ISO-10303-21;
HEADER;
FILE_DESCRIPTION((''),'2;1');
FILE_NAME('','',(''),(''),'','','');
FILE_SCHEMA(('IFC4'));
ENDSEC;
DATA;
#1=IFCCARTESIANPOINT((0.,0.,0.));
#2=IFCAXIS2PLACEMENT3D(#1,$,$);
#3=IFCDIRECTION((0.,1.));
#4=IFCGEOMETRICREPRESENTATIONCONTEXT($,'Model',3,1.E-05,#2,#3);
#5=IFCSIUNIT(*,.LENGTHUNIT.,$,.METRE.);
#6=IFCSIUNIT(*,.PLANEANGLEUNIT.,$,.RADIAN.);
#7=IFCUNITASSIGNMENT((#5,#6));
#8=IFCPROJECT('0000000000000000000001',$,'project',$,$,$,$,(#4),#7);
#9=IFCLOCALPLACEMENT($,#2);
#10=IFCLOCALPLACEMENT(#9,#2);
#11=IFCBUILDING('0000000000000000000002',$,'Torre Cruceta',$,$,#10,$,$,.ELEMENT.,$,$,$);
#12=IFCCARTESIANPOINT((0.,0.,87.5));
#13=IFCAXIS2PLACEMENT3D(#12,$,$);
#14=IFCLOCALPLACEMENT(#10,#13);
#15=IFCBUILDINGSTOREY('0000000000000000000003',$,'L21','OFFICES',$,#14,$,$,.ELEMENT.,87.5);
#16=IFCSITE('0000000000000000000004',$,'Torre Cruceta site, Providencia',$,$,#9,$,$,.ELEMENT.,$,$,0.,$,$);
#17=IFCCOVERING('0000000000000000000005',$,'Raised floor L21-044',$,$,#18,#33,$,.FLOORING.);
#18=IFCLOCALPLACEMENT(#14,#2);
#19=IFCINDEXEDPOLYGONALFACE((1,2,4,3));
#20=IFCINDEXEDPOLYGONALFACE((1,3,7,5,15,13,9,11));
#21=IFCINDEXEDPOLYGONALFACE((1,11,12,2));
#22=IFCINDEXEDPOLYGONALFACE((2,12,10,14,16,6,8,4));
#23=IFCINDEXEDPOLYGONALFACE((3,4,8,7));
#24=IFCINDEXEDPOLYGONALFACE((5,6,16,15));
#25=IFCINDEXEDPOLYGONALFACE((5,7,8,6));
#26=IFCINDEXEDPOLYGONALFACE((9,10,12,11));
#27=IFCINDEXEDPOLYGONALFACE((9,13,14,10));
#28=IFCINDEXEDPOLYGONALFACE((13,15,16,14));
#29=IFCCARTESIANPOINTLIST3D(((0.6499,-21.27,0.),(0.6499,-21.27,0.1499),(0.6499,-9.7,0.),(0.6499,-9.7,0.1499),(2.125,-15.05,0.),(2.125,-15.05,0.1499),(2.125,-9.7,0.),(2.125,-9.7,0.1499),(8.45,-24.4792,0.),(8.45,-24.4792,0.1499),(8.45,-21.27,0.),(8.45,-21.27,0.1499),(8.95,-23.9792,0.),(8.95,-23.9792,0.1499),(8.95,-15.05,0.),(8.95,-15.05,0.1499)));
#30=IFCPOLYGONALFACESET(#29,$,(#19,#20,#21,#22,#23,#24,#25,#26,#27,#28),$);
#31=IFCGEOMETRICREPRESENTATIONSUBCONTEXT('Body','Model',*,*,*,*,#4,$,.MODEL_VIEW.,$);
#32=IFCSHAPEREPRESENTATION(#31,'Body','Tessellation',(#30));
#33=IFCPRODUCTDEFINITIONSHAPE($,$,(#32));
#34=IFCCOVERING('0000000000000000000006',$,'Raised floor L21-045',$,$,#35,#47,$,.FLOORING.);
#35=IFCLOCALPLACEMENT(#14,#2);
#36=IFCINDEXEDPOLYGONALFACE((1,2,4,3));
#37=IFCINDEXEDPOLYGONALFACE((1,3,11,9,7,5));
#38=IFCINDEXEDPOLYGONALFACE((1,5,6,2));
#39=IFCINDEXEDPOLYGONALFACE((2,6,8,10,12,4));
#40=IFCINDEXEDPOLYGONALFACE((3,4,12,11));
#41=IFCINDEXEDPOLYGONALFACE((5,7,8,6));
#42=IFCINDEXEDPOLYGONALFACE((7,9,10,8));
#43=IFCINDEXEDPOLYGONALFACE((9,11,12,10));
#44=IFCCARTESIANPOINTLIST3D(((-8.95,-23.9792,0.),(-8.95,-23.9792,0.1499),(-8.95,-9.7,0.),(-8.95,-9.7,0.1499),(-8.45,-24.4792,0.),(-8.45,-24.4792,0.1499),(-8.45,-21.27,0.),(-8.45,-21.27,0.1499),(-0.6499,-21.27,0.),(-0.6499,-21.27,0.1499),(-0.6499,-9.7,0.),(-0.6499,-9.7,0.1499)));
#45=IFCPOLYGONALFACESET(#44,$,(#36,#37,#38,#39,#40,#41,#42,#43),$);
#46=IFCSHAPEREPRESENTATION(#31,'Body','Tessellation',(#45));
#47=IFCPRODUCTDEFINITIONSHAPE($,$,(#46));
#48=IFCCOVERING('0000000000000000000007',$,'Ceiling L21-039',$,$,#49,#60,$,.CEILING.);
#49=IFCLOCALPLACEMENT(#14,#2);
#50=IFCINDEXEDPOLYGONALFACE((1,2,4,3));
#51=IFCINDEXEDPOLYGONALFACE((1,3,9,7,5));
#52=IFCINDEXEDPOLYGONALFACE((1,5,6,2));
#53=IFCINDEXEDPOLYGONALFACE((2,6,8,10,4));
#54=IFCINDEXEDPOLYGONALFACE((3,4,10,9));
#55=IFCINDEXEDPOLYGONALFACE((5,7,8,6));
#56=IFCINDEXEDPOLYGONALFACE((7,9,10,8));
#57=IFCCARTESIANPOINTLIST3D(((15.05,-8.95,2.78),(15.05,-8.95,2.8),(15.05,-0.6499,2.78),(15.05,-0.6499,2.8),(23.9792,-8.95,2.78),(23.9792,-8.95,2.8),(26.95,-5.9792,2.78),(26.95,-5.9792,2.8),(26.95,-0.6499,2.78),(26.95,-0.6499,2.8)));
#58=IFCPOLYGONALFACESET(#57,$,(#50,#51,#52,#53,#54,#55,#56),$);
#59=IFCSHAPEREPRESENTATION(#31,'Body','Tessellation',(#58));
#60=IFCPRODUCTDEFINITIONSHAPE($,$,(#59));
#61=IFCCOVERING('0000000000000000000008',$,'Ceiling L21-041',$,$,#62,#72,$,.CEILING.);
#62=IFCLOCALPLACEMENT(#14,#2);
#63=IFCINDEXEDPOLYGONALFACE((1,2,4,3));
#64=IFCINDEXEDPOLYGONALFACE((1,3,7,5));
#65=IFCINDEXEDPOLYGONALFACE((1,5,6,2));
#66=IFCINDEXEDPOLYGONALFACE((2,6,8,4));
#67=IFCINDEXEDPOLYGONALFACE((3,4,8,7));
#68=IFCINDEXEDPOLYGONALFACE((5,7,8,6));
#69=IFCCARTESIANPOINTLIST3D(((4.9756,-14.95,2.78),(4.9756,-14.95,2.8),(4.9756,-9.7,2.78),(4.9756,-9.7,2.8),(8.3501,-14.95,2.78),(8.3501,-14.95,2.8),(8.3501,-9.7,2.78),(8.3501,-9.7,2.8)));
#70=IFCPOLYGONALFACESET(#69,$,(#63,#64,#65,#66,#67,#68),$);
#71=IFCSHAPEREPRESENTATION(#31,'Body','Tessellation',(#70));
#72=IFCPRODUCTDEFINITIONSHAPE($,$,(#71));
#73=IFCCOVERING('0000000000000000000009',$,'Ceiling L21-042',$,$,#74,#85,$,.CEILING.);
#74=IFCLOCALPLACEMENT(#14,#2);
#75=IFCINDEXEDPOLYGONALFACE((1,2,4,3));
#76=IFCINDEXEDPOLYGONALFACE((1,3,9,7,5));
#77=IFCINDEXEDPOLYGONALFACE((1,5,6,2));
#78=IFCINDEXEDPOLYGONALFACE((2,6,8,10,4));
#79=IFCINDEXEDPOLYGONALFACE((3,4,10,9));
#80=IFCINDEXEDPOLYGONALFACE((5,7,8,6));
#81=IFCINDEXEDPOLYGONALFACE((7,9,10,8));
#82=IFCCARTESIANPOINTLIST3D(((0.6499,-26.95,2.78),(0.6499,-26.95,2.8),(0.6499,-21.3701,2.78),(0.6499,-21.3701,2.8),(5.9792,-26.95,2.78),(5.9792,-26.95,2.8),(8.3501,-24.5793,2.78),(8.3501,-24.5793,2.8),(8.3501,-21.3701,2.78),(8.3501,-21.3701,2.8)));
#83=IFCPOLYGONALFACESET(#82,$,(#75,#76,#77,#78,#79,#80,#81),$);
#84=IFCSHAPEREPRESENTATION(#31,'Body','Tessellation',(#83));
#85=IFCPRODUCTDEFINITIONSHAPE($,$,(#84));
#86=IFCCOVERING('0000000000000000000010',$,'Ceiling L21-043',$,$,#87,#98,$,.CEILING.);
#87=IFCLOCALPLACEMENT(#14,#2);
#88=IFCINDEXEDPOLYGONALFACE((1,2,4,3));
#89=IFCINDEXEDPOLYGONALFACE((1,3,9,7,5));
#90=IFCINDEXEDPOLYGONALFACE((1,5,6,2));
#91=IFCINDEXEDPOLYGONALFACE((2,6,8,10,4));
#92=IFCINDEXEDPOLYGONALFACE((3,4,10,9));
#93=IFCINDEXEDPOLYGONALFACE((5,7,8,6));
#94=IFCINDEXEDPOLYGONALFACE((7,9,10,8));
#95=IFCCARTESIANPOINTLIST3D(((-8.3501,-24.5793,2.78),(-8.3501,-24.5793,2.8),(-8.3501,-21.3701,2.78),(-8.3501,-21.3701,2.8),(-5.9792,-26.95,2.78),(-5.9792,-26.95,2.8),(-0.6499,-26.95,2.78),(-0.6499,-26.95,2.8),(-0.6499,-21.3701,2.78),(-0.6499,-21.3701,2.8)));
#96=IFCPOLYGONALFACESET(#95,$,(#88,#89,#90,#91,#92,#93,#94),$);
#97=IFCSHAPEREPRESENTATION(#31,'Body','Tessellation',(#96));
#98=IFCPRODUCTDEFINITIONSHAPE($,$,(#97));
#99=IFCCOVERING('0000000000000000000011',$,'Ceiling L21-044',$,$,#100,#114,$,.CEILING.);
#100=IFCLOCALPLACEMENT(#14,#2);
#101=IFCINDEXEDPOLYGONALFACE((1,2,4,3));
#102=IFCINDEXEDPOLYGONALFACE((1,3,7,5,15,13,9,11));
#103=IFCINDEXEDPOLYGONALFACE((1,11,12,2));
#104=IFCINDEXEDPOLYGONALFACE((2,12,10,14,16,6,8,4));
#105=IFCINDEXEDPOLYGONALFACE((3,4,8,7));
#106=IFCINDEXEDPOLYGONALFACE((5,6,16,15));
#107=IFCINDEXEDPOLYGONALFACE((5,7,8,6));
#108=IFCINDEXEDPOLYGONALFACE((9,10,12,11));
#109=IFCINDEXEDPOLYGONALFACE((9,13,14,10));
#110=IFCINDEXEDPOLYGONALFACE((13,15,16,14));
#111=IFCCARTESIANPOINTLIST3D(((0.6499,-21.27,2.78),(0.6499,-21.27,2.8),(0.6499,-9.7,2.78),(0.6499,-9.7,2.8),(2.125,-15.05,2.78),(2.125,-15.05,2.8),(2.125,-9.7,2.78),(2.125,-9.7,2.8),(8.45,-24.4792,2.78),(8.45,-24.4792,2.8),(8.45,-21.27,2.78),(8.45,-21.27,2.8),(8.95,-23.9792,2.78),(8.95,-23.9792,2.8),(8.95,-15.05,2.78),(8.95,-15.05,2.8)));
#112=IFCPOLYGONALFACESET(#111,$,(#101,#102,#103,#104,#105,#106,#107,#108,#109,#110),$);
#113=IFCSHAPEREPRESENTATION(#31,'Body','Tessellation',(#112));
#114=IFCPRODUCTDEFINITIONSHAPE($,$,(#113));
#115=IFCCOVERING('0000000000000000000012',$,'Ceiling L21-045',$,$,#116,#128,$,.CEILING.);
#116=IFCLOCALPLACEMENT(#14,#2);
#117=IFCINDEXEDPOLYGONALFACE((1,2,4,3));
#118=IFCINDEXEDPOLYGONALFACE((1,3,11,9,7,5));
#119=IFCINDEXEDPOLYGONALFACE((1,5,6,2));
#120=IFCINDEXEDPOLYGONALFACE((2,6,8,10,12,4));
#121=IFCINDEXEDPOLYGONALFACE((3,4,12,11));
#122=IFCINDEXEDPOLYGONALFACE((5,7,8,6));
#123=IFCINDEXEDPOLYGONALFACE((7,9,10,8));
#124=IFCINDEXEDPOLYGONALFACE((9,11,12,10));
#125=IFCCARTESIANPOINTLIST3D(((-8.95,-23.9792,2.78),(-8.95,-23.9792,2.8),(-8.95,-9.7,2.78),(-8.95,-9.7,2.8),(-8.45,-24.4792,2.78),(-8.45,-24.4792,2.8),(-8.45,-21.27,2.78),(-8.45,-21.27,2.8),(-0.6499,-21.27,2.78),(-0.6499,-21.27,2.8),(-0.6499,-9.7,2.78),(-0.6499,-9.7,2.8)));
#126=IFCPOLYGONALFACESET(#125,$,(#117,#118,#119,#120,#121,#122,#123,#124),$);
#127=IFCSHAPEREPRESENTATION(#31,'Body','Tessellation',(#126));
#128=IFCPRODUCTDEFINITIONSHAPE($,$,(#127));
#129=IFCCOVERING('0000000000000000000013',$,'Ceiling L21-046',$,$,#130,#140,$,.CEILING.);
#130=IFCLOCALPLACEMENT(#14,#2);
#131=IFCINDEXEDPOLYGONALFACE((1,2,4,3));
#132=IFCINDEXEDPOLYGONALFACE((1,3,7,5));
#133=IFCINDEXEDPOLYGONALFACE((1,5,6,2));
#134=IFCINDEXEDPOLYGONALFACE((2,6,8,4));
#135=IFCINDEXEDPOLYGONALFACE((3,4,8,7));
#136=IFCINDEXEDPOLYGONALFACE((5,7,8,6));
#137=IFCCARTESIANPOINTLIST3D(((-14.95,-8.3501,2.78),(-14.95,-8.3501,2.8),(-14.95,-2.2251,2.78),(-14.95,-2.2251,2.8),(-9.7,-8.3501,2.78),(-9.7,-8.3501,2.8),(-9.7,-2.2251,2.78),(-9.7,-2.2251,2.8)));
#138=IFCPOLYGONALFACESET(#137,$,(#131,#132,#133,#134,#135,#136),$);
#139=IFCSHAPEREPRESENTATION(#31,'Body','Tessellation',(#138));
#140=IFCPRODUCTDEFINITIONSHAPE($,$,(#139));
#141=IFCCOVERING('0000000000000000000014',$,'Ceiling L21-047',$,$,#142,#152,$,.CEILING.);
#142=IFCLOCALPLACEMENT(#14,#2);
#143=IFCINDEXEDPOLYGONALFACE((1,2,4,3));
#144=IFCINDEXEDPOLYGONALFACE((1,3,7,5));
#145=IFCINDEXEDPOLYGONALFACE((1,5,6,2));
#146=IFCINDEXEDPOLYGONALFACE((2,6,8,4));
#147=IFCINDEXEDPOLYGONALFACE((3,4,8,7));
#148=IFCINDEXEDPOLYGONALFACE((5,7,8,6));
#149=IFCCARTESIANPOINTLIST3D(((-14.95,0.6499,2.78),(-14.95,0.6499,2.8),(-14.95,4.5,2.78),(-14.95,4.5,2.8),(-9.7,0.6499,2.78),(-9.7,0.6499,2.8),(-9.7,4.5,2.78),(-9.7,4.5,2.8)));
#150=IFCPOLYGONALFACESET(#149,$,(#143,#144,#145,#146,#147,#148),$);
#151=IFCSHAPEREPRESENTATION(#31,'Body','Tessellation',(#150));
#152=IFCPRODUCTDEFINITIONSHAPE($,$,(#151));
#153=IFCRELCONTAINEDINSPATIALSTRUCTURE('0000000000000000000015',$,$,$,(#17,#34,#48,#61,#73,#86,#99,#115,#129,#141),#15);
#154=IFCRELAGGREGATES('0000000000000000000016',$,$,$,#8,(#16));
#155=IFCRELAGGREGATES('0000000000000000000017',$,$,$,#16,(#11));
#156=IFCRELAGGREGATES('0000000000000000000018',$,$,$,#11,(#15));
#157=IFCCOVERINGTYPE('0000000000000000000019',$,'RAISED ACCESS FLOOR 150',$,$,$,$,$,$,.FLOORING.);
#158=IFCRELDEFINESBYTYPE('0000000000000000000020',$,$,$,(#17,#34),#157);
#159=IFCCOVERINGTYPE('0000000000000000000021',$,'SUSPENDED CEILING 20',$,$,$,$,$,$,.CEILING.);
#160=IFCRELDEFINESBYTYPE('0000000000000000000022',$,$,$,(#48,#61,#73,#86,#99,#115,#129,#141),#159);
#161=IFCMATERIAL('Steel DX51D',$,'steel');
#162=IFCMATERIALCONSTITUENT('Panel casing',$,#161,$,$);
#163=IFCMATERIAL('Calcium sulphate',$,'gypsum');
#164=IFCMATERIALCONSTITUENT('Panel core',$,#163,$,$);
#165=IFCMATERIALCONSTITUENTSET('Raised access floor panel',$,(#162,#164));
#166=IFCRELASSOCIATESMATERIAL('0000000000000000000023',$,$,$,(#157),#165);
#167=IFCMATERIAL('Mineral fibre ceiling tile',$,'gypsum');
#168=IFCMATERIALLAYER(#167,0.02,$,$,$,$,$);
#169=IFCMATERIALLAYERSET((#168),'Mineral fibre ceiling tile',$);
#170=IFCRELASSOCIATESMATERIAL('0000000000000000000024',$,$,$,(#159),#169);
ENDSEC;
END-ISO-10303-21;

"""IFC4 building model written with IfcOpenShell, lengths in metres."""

from ifc_helpers import new_model, si_unit, direction, frame, origin, place, context, subcontext, project, spatial, polyline, outline, extrude, material, layer, layer_set, constituent, constituent_set, type_object, element, save


model = new_model("IFC4")

# Units and contexts
model_context = context("Model", 3, precision=1e-05, world=origin(), true_north=direction((0.0, 1.0)))
body_context = subcontext(model_context, "Body", "Model", "MODEL_VIEW")
ifc_project = project(units=[si_unit("LENGTHUNIT", "METRE"), si_unit("PLANEANGLEUNIT", "RADIAN")], contexts=[model_context])

# Site, building, storey
site_placement = place(None, origin())
site = spatial("IfcSite", under=ifc_project, at=site_placement, Name="Torre Cruceta site, Providencia", CompositionType="ELEMENT", RefElevation=0.0)
building_placement = place(site_placement, origin())
building = spatial("IfcBuilding", under=site, at=building_placement, Name="Torre Cruceta", CompositionType="ELEMENT")
storey_placement = place(building_placement, frame((0.0, 0.0, 87.5)))
storey = spatial("IfcBuildingStorey", under=building, at=storey_placement, Name="L21", Description="OFFICES", CompositionType="ELEMENT", Elevation=87.5)

# Coverings
ifc_material_1 = material(Name="Steel DX51D", Category="steel")
ifc_constituent_1 = constituent(ifc_material_1, Name="Panel casing")
ifc_material_2 = material(Name="Calcium sulphate", Category="gypsum")
ifc_constituent_2 = constituent(ifc_material_2, Name="Panel core")
ifc_constituent_set_1 = constituent_set(constituents=[ifc_constituent_1, ifc_constituent_2], Name="Raised access floor panel")
covering_type_1 = type_object("IfcCoveringType", Name="RAISED ACCESS FLOOR 150", PredefinedType="FLOORING", material=ifc_constituent_set_1)
covering_1_placement = place(storey_placement, origin())
element("IfcCovering", 1, at=covering_1_placement, inside=storey, type_object=covering_type_1, Name="Raised floor L21-044", PredefinedType="FLOORING", context=body_context, shape_type="SweptSolid", body=[
    extrude(outline(polyline([(0.6499, -21.27), (0.6499, -9.7), (2.125, -9.7), (2.125, -15.05), (8.95, -15.05), (8.95, -23.9792), (8.45, -24.4792), (8.45, -21.27), (0.6499, -21.27)])), origin(), (0.0, 0.0, 1.0), 0.1499),
])
covering_2_placement = place(storey_placement, origin())
element("IfcCovering", 2, at=covering_2_placement, inside=storey, type_object=covering_type_1, Name="Raised floor L21-045", PredefinedType="FLOORING", context=body_context, shape_type="SweptSolid", body=[
    extrude(outline(polyline([(-8.45, -21.27), (-8.45, -24.4792), (-8.95, -23.9792), (-8.95, -9.7), (-0.6499, -9.7), (-0.6499, -21.27), (-8.45, -21.27)])), origin(), (0.0, 0.0, 1.0), 0.1499),
])
ifc_material_3 = material(Name="Mineral fibre ceiling tile", Category="gypsum")
ifc_layer_1 = layer(ifc_material_3, 0.02)
ifc_layer_set_1 = layer_set([ifc_layer_1], Name="Mineral fibre ceiling tile")
covering_type_2 = type_object("IfcCoveringType", Name="SUSPENDED CEILING 20", PredefinedType="CEILING", material=ifc_layer_set_1)
covering_3_placement = place(storey_placement, frame((0.0, 0.0, 2.78)))
element("IfcCovering", 3, at=covering_3_placement, inside=storey, type_object=covering_type_2, Name="Ceiling L21-039", PredefinedType="CEILING", context=body_context, shape_type="SweptSolid", body=[
    extrude(outline(polyline([(23.9792, -8.95), (15.05, -8.95), (15.05, -0.6499), (26.95, -0.6499), (26.95, -5.9792), (23.9792, -8.95)])), origin(), (0.0, 0.0, 1.0), 0.02),
])
covering_4_placement = place(storey_placement, frame((0.0, 0.0, 2.78)))
element("IfcCovering", 4, at=covering_4_placement, inside=storey, type_object=covering_type_2, Name="Ceiling L21-041", PredefinedType="CEILING", context=body_context, shape_type="SweptSolid", body=[
    extrude(outline(polyline([(4.9756, -9.7), (8.3501, -9.7), (8.3501, -14.95), (4.9756, -14.95), (4.9756, -9.7)])), origin(), (0.0, 0.0, 1.0), 0.02),
])
covering_5_placement = place(storey_placement, frame((0.0, 0.0, 2.78)))
element("IfcCovering", 5, at=covering_5_placement, inside=storey, type_object=covering_type_2, Name="Ceiling L21-042", PredefinedType="CEILING", context=body_context, shape_type="SweptSolid", body=[
    extrude(outline(polyline([(0.6499, -26.95), (0.6499, -21.3701), (8.3501, -21.3701), (8.3501, -24.5793), (5.9792, -26.95), (0.6499, -26.95)])), origin(), (0.0, 0.0, 1.0), 0.02),
])
covering_6_placement = place(storey_placement, frame((0.0, 0.0, 2.78)))
element("IfcCovering", 6, at=covering_6_placement, inside=storey, type_object=covering_type_2, Name="Ceiling L21-043", PredefinedType="CEILING", context=body_context, shape_type="SweptSolid", body=[
    extrude(outline(polyline([(-8.3501, -24.5793), (-8.3501, -21.3701), (-0.6499, -21.3701), (-0.6499, -26.95), (-5.9792, -26.95), (-8.3501, -24.5793)])), origin(), (0.0, 0.0, 1.0), 0.02),
])
covering_7_placement = place(storey_placement, frame((0.0, 0.0, 2.78)))
element("IfcCovering", 7, at=covering_7_placement, inside=storey, type_object=covering_type_2, Name="Ceiling L21-044", PredefinedType="CEILING", context=body_context, shape_type="SweptSolid", body=[
    extrude(outline(polyline([(0.6499, -21.27), (0.6499, -9.7), (2.125, -9.7), (2.125, -15.05), (8.95, -15.05), (8.95, -23.9792), (8.45, -24.4792), (8.45, -21.27), (0.6499, -21.27)])), origin(), (0.0, 0.0, 1.0), 0.02),
])
covering_8_placement = place(storey_placement, frame((0.0, 0.0, 2.78)))
element("IfcCovering", 8, at=covering_8_placement, inside=storey, type_object=covering_type_2, Name="Ceiling L21-045", PredefinedType="CEILING", context=body_context, shape_type="SweptSolid", body=[
    extrude(outline(polyline([(-8.45, -21.27), (-8.45, -24.4792), (-8.95, -23.9792), (-8.95, -9.7), (-0.6499, -9.7), (-0.6499, -21.27), (-8.45, -21.27)])), origin(), (0.0, 0.0, 1.0), 0.02),
])
covering_9_placement = place(storey_placement, frame((0.0, 0.0, 2.78)))
element("IfcCovering", 9, at=covering_9_placement, inside=storey, type_object=covering_type_2, Name="Ceiling L21-046", PredefinedType="CEILING", context=body_context, shape_type="SweptSolid", body=[
    extrude(outline(polyline([(-9.7, -2.2251), (-9.7, -8.3501), (-14.95, -8.3501), (-14.95, -2.2251), (-9.7, -2.2251)])), origin(), (0.0, 0.0, 1.0), 0.02),
])
covering_10_placement = place(storey_placement, frame((0.0, 0.0, 2.78)))
element("IfcCovering", 10, at=covering_10_placement, inside=storey, type_object=covering_type_2, Name="Ceiling L21-047", PredefinedType="CEILING", context=body_context, shape_type="SweptSolid", body=[
    extrude(outline(polyline([(-9.7, 4.5), (-9.7, 0.6499), (-14.95, 0.6499), (-14.95, 4.5), (-9.7, 4.5)])), origin(), (0.0, 0.0, 1.0), 0.02),
])

save(model, "model.ifc")
